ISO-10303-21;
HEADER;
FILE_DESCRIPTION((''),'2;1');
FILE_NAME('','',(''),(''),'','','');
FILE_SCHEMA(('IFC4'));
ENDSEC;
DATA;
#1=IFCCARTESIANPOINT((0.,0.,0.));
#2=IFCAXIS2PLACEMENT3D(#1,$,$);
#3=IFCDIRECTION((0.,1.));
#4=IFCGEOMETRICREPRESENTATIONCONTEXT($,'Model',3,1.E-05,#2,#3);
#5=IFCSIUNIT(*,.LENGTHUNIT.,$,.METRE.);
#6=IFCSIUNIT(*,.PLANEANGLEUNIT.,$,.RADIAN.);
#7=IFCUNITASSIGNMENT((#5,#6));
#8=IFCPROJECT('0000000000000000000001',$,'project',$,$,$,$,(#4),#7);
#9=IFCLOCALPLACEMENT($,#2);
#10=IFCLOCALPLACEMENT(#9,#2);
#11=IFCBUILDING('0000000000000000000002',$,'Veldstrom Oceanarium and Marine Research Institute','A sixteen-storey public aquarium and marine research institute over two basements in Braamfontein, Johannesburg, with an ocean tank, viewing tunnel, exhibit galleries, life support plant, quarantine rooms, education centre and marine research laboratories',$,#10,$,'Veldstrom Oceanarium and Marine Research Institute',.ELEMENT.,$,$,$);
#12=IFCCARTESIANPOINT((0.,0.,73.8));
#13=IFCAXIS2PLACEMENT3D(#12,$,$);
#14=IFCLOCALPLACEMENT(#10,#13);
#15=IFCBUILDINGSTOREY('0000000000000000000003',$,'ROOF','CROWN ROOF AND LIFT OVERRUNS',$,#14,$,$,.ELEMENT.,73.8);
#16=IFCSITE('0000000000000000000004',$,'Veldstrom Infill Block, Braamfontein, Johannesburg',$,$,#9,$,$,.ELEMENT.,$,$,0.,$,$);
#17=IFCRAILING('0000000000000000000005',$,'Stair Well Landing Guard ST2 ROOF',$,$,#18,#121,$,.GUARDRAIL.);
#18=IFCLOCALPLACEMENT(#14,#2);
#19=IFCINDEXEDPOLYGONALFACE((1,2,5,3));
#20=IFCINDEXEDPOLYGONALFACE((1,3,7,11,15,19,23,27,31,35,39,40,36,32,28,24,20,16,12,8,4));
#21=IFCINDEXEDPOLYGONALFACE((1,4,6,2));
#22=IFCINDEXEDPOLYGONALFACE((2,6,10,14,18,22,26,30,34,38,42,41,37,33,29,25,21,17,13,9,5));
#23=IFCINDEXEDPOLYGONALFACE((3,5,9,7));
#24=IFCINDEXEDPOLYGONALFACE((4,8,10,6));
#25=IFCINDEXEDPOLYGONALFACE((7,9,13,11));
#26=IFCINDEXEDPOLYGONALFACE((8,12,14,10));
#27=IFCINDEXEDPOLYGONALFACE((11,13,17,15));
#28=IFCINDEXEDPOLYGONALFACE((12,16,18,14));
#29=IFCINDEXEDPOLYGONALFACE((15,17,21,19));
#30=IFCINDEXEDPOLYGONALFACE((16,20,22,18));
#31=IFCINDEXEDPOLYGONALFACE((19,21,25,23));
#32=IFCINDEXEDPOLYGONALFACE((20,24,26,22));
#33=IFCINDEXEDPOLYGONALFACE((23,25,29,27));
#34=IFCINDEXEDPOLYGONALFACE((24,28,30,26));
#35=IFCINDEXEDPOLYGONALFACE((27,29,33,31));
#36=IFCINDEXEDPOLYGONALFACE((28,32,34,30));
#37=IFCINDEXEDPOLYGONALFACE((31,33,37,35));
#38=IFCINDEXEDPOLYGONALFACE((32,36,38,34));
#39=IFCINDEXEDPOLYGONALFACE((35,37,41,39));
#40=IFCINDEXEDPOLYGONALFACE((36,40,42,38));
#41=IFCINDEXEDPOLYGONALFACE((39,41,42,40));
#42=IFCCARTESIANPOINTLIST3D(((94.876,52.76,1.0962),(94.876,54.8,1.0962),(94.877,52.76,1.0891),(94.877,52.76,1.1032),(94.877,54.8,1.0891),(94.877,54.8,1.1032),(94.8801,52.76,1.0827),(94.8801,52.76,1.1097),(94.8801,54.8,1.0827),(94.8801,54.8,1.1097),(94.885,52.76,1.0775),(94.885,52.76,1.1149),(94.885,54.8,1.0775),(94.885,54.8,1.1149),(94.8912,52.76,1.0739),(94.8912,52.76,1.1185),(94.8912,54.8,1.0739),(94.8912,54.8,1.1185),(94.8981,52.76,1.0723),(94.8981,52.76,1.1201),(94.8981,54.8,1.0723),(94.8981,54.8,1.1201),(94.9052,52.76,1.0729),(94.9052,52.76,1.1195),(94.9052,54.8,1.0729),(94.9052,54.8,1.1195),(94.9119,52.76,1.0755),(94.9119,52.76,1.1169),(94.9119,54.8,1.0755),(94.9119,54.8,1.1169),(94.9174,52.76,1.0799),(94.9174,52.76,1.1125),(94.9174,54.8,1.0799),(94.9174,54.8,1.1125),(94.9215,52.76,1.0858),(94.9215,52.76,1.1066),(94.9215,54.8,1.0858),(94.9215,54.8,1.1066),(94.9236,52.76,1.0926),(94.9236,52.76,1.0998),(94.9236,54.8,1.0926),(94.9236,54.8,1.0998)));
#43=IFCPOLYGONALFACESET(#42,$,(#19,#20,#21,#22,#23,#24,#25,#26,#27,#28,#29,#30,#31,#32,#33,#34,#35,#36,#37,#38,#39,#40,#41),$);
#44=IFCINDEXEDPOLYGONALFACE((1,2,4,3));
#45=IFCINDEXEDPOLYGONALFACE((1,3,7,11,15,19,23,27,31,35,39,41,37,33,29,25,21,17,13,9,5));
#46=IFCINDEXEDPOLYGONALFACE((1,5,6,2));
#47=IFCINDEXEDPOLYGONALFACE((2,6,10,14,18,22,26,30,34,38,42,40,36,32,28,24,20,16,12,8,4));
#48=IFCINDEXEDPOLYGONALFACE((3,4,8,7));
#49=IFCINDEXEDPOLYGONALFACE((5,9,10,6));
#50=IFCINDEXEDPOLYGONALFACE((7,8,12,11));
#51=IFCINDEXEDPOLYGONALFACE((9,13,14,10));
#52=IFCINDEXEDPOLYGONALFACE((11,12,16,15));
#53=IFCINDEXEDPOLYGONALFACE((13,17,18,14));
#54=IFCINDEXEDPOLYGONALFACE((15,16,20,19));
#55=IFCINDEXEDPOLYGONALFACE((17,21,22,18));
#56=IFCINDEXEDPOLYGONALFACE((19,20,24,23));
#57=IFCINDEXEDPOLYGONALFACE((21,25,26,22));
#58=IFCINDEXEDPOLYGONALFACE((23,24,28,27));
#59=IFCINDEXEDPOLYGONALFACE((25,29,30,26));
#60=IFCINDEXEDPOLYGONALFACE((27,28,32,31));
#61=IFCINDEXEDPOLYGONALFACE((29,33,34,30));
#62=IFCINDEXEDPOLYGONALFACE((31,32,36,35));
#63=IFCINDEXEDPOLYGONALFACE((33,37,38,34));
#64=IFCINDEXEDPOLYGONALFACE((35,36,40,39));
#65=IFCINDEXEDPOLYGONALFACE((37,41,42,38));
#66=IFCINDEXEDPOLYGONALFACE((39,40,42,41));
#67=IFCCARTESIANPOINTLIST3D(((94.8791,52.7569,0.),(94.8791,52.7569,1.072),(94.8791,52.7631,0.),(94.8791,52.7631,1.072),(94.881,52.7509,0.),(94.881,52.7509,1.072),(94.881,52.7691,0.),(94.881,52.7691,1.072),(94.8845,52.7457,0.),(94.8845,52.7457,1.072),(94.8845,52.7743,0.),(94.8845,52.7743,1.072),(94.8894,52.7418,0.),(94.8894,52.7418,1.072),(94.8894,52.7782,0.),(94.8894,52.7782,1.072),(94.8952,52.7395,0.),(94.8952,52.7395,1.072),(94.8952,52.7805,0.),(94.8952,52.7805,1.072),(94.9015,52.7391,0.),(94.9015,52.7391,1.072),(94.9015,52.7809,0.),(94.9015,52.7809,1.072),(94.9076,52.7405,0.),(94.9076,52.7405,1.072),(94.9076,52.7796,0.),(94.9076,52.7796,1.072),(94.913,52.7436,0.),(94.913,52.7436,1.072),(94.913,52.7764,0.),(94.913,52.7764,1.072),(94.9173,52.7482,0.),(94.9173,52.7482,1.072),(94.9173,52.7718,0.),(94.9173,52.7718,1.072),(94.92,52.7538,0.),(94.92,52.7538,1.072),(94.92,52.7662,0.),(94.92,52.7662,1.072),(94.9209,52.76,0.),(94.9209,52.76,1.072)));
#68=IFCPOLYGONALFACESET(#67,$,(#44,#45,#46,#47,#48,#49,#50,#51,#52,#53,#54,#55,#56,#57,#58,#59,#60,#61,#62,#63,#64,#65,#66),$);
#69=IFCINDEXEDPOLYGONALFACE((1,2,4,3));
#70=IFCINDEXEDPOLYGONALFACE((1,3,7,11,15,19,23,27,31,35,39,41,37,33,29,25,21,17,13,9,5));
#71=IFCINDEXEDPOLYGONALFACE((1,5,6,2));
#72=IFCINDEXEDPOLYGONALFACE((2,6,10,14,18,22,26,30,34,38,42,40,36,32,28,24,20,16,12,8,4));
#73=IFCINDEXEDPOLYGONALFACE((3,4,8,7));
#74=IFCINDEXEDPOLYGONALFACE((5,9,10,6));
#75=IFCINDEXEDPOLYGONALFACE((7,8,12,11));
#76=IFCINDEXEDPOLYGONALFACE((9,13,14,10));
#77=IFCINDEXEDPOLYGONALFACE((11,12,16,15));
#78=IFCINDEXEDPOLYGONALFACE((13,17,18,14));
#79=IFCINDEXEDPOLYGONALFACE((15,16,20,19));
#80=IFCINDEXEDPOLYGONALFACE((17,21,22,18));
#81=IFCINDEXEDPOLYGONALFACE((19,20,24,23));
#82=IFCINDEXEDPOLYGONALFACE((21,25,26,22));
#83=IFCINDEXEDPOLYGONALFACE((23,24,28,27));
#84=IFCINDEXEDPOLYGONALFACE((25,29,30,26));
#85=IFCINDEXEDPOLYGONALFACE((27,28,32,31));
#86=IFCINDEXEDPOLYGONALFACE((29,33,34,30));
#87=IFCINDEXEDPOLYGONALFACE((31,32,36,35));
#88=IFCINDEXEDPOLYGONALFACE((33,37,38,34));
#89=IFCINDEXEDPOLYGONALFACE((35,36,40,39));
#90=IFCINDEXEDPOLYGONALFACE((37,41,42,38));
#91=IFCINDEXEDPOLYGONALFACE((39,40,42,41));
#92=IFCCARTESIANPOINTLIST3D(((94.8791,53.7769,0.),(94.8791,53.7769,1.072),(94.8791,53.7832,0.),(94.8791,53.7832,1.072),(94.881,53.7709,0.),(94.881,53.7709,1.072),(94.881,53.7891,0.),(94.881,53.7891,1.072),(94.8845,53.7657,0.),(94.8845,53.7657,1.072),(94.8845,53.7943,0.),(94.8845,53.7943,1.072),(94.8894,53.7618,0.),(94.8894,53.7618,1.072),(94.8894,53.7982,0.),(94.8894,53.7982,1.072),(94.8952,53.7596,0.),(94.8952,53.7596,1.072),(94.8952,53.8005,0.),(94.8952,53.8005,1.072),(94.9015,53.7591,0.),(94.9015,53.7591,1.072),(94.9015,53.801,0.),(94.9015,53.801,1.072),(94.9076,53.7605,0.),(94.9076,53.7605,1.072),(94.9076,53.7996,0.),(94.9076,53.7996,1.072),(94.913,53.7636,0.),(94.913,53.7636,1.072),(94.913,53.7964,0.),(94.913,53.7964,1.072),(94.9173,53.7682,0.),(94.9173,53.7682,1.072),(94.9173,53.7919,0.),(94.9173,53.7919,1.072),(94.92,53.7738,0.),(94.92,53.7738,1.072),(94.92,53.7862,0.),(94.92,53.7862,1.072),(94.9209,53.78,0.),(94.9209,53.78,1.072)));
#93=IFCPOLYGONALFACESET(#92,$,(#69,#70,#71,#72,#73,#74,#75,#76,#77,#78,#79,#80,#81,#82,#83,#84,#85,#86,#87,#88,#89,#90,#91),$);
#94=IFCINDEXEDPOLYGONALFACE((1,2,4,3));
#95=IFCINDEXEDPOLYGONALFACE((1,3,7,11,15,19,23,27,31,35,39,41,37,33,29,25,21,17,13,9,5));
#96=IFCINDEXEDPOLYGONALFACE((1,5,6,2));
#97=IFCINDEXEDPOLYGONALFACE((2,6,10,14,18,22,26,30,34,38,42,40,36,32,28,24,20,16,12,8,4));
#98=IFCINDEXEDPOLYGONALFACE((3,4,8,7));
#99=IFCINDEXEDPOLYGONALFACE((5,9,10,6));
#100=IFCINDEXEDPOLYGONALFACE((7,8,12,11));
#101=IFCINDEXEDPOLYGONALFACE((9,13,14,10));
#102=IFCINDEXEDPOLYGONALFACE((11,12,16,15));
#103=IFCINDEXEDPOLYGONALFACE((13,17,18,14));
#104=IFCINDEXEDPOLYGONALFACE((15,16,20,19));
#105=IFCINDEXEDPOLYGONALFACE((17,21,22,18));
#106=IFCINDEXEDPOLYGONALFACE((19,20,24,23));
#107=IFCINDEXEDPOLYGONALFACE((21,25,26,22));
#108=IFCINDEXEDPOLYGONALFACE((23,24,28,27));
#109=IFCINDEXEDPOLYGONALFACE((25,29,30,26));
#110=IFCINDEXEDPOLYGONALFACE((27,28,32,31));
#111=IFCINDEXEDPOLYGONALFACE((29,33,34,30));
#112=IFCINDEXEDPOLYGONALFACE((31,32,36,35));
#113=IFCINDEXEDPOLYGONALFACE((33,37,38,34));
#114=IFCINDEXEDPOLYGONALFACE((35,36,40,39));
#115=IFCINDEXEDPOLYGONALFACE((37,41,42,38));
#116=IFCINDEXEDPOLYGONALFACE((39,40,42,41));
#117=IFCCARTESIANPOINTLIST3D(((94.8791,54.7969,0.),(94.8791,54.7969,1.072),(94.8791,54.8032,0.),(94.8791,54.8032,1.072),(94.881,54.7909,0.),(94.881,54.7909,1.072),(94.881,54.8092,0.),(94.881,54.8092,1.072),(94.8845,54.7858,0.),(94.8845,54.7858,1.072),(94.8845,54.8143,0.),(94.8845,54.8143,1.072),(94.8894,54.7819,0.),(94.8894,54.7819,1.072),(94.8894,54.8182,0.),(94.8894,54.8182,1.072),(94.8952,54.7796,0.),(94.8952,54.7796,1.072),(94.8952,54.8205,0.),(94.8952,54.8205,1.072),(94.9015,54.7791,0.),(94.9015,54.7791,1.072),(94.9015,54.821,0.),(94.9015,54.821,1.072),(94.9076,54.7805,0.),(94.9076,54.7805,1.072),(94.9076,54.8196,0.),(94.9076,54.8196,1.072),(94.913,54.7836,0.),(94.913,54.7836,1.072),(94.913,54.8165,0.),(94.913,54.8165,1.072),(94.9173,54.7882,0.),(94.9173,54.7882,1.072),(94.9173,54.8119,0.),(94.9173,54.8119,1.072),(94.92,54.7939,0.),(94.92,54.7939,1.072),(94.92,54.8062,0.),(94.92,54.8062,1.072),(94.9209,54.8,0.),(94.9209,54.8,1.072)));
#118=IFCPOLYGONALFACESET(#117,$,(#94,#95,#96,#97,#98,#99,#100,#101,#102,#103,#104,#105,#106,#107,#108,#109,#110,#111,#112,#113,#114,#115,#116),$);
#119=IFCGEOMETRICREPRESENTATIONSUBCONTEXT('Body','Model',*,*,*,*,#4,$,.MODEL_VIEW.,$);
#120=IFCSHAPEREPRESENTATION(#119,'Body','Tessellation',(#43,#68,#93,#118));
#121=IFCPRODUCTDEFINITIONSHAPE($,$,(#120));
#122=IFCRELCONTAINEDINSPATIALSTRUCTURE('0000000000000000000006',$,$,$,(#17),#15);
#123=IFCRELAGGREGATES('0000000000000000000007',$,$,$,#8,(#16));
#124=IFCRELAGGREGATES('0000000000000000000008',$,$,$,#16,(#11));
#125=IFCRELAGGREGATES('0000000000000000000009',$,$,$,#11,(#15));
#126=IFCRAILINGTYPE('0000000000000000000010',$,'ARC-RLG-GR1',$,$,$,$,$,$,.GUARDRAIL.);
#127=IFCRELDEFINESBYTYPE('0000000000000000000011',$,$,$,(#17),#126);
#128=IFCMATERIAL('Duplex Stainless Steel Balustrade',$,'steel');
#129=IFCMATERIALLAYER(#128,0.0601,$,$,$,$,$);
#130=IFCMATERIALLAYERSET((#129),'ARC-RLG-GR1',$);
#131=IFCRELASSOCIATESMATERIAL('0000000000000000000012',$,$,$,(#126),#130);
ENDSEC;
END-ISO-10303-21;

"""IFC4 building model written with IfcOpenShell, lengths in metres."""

from ifc_helpers import new_model, si_unit, direction, frame, origin, origin_2d, place, context, subcontext, project, spatial, circle, extrude, material, layer, layer_set, type_object, element, save


model = new_model("IFC4")

# Units and contexts
model_context = context("Model", 3, precision=1e-05, world=origin(), true_north=direction((0.0, 1.0)))
body_context = subcontext(model_context, "Body", "Model", "MODEL_VIEW")
ifc_project = project(units=[si_unit("LENGTHUNIT", "METRE"), si_unit("PLANEANGLEUNIT", "RADIAN")], contexts=[model_context])

# Site, building, storey
site_placement = place(None, origin())
site = spatial("IfcSite", under=ifc_project, at=site_placement, Name="Veldstrom Infill Block, Braamfontein, Johannesburg", CompositionType="ELEMENT", RefElevation=0.0)
building_placement = place(site_placement, origin())
building = spatial("IfcBuilding", under=site, at=building_placement, Name="Veldstrom Oceanarium and Marine Research Institute", Description="A sixteen-storey public aquarium and marine research institute over two basements in Braamfontein, Johannesburg, with an ocean tank, viewing tunnel, exhibit galleries, life support plant, quarantine rooms, education centre and marine research laboratories", LongName="Veldstrom Oceanarium and Marine Research Institute", CompositionType="ELEMENT")
storey_placement = place(building_placement, frame((0.0, 0.0, 73.8)))
storey = spatial("IfcBuildingStorey", under=building, at=storey_placement, Name="ROOF", Description="CROWN ROOF AND LIFT OVERRUNS", CompositionType="ELEMENT", Elevation=73.8)

# Railing
ifc_material_1 = material(Name="Duplex Stainless Steel Balustrade", Category="steel")
ifc_layer_1 = layer(ifc_material_1, 0.0601)
ifc_layer_set_1 = layer_set([ifc_layer_1], Name="ARC-RLG-GR1")
railing_type = type_object("IfcRailingType", Name="ARC-RLG-GR1", PredefinedType="GUARDRAIL", material=ifc_layer_set_1)
for number, where, name in (
    (1, (94.8999, 52.76, 0.0), "Stair Well Landing Guard ST2 ROOF"),
):
    element("IfcRailing", number, at=place(storey_placement, frame(where)), inside=storey, type_object=railing_type, Name=name, PredefinedType="GUARDRAIL", context=body_context, shape_type="SweptSolid", body=[
        extrude(circle(Radius=0.0239, at=origin_2d()), frame((0.0, 0.0, 1.0962), z_axis=(0.0, 1.0, 0.0), x_axis=(-1.0, 0.0, 0.0)), (0.0, 0.0, 1.0), 2.04),
        extrude(circle(Radius=0.021, at=origin_2d()), origin(), (0.0, 0.0, 1.0), 1.072),
        extrude(circle(Radius=0.021, at=origin_2d()), frame((0.0, 1.02, 0.0)), (0.0, 0.0, 1.0), 1.072),
        extrude(circle(Radius=0.021, at=origin_2d()), frame((0.0, 2.04, 0.0)), (0.0, 0.0, 1.0), 1.072),
    ])

save(model, "model.ifc")
